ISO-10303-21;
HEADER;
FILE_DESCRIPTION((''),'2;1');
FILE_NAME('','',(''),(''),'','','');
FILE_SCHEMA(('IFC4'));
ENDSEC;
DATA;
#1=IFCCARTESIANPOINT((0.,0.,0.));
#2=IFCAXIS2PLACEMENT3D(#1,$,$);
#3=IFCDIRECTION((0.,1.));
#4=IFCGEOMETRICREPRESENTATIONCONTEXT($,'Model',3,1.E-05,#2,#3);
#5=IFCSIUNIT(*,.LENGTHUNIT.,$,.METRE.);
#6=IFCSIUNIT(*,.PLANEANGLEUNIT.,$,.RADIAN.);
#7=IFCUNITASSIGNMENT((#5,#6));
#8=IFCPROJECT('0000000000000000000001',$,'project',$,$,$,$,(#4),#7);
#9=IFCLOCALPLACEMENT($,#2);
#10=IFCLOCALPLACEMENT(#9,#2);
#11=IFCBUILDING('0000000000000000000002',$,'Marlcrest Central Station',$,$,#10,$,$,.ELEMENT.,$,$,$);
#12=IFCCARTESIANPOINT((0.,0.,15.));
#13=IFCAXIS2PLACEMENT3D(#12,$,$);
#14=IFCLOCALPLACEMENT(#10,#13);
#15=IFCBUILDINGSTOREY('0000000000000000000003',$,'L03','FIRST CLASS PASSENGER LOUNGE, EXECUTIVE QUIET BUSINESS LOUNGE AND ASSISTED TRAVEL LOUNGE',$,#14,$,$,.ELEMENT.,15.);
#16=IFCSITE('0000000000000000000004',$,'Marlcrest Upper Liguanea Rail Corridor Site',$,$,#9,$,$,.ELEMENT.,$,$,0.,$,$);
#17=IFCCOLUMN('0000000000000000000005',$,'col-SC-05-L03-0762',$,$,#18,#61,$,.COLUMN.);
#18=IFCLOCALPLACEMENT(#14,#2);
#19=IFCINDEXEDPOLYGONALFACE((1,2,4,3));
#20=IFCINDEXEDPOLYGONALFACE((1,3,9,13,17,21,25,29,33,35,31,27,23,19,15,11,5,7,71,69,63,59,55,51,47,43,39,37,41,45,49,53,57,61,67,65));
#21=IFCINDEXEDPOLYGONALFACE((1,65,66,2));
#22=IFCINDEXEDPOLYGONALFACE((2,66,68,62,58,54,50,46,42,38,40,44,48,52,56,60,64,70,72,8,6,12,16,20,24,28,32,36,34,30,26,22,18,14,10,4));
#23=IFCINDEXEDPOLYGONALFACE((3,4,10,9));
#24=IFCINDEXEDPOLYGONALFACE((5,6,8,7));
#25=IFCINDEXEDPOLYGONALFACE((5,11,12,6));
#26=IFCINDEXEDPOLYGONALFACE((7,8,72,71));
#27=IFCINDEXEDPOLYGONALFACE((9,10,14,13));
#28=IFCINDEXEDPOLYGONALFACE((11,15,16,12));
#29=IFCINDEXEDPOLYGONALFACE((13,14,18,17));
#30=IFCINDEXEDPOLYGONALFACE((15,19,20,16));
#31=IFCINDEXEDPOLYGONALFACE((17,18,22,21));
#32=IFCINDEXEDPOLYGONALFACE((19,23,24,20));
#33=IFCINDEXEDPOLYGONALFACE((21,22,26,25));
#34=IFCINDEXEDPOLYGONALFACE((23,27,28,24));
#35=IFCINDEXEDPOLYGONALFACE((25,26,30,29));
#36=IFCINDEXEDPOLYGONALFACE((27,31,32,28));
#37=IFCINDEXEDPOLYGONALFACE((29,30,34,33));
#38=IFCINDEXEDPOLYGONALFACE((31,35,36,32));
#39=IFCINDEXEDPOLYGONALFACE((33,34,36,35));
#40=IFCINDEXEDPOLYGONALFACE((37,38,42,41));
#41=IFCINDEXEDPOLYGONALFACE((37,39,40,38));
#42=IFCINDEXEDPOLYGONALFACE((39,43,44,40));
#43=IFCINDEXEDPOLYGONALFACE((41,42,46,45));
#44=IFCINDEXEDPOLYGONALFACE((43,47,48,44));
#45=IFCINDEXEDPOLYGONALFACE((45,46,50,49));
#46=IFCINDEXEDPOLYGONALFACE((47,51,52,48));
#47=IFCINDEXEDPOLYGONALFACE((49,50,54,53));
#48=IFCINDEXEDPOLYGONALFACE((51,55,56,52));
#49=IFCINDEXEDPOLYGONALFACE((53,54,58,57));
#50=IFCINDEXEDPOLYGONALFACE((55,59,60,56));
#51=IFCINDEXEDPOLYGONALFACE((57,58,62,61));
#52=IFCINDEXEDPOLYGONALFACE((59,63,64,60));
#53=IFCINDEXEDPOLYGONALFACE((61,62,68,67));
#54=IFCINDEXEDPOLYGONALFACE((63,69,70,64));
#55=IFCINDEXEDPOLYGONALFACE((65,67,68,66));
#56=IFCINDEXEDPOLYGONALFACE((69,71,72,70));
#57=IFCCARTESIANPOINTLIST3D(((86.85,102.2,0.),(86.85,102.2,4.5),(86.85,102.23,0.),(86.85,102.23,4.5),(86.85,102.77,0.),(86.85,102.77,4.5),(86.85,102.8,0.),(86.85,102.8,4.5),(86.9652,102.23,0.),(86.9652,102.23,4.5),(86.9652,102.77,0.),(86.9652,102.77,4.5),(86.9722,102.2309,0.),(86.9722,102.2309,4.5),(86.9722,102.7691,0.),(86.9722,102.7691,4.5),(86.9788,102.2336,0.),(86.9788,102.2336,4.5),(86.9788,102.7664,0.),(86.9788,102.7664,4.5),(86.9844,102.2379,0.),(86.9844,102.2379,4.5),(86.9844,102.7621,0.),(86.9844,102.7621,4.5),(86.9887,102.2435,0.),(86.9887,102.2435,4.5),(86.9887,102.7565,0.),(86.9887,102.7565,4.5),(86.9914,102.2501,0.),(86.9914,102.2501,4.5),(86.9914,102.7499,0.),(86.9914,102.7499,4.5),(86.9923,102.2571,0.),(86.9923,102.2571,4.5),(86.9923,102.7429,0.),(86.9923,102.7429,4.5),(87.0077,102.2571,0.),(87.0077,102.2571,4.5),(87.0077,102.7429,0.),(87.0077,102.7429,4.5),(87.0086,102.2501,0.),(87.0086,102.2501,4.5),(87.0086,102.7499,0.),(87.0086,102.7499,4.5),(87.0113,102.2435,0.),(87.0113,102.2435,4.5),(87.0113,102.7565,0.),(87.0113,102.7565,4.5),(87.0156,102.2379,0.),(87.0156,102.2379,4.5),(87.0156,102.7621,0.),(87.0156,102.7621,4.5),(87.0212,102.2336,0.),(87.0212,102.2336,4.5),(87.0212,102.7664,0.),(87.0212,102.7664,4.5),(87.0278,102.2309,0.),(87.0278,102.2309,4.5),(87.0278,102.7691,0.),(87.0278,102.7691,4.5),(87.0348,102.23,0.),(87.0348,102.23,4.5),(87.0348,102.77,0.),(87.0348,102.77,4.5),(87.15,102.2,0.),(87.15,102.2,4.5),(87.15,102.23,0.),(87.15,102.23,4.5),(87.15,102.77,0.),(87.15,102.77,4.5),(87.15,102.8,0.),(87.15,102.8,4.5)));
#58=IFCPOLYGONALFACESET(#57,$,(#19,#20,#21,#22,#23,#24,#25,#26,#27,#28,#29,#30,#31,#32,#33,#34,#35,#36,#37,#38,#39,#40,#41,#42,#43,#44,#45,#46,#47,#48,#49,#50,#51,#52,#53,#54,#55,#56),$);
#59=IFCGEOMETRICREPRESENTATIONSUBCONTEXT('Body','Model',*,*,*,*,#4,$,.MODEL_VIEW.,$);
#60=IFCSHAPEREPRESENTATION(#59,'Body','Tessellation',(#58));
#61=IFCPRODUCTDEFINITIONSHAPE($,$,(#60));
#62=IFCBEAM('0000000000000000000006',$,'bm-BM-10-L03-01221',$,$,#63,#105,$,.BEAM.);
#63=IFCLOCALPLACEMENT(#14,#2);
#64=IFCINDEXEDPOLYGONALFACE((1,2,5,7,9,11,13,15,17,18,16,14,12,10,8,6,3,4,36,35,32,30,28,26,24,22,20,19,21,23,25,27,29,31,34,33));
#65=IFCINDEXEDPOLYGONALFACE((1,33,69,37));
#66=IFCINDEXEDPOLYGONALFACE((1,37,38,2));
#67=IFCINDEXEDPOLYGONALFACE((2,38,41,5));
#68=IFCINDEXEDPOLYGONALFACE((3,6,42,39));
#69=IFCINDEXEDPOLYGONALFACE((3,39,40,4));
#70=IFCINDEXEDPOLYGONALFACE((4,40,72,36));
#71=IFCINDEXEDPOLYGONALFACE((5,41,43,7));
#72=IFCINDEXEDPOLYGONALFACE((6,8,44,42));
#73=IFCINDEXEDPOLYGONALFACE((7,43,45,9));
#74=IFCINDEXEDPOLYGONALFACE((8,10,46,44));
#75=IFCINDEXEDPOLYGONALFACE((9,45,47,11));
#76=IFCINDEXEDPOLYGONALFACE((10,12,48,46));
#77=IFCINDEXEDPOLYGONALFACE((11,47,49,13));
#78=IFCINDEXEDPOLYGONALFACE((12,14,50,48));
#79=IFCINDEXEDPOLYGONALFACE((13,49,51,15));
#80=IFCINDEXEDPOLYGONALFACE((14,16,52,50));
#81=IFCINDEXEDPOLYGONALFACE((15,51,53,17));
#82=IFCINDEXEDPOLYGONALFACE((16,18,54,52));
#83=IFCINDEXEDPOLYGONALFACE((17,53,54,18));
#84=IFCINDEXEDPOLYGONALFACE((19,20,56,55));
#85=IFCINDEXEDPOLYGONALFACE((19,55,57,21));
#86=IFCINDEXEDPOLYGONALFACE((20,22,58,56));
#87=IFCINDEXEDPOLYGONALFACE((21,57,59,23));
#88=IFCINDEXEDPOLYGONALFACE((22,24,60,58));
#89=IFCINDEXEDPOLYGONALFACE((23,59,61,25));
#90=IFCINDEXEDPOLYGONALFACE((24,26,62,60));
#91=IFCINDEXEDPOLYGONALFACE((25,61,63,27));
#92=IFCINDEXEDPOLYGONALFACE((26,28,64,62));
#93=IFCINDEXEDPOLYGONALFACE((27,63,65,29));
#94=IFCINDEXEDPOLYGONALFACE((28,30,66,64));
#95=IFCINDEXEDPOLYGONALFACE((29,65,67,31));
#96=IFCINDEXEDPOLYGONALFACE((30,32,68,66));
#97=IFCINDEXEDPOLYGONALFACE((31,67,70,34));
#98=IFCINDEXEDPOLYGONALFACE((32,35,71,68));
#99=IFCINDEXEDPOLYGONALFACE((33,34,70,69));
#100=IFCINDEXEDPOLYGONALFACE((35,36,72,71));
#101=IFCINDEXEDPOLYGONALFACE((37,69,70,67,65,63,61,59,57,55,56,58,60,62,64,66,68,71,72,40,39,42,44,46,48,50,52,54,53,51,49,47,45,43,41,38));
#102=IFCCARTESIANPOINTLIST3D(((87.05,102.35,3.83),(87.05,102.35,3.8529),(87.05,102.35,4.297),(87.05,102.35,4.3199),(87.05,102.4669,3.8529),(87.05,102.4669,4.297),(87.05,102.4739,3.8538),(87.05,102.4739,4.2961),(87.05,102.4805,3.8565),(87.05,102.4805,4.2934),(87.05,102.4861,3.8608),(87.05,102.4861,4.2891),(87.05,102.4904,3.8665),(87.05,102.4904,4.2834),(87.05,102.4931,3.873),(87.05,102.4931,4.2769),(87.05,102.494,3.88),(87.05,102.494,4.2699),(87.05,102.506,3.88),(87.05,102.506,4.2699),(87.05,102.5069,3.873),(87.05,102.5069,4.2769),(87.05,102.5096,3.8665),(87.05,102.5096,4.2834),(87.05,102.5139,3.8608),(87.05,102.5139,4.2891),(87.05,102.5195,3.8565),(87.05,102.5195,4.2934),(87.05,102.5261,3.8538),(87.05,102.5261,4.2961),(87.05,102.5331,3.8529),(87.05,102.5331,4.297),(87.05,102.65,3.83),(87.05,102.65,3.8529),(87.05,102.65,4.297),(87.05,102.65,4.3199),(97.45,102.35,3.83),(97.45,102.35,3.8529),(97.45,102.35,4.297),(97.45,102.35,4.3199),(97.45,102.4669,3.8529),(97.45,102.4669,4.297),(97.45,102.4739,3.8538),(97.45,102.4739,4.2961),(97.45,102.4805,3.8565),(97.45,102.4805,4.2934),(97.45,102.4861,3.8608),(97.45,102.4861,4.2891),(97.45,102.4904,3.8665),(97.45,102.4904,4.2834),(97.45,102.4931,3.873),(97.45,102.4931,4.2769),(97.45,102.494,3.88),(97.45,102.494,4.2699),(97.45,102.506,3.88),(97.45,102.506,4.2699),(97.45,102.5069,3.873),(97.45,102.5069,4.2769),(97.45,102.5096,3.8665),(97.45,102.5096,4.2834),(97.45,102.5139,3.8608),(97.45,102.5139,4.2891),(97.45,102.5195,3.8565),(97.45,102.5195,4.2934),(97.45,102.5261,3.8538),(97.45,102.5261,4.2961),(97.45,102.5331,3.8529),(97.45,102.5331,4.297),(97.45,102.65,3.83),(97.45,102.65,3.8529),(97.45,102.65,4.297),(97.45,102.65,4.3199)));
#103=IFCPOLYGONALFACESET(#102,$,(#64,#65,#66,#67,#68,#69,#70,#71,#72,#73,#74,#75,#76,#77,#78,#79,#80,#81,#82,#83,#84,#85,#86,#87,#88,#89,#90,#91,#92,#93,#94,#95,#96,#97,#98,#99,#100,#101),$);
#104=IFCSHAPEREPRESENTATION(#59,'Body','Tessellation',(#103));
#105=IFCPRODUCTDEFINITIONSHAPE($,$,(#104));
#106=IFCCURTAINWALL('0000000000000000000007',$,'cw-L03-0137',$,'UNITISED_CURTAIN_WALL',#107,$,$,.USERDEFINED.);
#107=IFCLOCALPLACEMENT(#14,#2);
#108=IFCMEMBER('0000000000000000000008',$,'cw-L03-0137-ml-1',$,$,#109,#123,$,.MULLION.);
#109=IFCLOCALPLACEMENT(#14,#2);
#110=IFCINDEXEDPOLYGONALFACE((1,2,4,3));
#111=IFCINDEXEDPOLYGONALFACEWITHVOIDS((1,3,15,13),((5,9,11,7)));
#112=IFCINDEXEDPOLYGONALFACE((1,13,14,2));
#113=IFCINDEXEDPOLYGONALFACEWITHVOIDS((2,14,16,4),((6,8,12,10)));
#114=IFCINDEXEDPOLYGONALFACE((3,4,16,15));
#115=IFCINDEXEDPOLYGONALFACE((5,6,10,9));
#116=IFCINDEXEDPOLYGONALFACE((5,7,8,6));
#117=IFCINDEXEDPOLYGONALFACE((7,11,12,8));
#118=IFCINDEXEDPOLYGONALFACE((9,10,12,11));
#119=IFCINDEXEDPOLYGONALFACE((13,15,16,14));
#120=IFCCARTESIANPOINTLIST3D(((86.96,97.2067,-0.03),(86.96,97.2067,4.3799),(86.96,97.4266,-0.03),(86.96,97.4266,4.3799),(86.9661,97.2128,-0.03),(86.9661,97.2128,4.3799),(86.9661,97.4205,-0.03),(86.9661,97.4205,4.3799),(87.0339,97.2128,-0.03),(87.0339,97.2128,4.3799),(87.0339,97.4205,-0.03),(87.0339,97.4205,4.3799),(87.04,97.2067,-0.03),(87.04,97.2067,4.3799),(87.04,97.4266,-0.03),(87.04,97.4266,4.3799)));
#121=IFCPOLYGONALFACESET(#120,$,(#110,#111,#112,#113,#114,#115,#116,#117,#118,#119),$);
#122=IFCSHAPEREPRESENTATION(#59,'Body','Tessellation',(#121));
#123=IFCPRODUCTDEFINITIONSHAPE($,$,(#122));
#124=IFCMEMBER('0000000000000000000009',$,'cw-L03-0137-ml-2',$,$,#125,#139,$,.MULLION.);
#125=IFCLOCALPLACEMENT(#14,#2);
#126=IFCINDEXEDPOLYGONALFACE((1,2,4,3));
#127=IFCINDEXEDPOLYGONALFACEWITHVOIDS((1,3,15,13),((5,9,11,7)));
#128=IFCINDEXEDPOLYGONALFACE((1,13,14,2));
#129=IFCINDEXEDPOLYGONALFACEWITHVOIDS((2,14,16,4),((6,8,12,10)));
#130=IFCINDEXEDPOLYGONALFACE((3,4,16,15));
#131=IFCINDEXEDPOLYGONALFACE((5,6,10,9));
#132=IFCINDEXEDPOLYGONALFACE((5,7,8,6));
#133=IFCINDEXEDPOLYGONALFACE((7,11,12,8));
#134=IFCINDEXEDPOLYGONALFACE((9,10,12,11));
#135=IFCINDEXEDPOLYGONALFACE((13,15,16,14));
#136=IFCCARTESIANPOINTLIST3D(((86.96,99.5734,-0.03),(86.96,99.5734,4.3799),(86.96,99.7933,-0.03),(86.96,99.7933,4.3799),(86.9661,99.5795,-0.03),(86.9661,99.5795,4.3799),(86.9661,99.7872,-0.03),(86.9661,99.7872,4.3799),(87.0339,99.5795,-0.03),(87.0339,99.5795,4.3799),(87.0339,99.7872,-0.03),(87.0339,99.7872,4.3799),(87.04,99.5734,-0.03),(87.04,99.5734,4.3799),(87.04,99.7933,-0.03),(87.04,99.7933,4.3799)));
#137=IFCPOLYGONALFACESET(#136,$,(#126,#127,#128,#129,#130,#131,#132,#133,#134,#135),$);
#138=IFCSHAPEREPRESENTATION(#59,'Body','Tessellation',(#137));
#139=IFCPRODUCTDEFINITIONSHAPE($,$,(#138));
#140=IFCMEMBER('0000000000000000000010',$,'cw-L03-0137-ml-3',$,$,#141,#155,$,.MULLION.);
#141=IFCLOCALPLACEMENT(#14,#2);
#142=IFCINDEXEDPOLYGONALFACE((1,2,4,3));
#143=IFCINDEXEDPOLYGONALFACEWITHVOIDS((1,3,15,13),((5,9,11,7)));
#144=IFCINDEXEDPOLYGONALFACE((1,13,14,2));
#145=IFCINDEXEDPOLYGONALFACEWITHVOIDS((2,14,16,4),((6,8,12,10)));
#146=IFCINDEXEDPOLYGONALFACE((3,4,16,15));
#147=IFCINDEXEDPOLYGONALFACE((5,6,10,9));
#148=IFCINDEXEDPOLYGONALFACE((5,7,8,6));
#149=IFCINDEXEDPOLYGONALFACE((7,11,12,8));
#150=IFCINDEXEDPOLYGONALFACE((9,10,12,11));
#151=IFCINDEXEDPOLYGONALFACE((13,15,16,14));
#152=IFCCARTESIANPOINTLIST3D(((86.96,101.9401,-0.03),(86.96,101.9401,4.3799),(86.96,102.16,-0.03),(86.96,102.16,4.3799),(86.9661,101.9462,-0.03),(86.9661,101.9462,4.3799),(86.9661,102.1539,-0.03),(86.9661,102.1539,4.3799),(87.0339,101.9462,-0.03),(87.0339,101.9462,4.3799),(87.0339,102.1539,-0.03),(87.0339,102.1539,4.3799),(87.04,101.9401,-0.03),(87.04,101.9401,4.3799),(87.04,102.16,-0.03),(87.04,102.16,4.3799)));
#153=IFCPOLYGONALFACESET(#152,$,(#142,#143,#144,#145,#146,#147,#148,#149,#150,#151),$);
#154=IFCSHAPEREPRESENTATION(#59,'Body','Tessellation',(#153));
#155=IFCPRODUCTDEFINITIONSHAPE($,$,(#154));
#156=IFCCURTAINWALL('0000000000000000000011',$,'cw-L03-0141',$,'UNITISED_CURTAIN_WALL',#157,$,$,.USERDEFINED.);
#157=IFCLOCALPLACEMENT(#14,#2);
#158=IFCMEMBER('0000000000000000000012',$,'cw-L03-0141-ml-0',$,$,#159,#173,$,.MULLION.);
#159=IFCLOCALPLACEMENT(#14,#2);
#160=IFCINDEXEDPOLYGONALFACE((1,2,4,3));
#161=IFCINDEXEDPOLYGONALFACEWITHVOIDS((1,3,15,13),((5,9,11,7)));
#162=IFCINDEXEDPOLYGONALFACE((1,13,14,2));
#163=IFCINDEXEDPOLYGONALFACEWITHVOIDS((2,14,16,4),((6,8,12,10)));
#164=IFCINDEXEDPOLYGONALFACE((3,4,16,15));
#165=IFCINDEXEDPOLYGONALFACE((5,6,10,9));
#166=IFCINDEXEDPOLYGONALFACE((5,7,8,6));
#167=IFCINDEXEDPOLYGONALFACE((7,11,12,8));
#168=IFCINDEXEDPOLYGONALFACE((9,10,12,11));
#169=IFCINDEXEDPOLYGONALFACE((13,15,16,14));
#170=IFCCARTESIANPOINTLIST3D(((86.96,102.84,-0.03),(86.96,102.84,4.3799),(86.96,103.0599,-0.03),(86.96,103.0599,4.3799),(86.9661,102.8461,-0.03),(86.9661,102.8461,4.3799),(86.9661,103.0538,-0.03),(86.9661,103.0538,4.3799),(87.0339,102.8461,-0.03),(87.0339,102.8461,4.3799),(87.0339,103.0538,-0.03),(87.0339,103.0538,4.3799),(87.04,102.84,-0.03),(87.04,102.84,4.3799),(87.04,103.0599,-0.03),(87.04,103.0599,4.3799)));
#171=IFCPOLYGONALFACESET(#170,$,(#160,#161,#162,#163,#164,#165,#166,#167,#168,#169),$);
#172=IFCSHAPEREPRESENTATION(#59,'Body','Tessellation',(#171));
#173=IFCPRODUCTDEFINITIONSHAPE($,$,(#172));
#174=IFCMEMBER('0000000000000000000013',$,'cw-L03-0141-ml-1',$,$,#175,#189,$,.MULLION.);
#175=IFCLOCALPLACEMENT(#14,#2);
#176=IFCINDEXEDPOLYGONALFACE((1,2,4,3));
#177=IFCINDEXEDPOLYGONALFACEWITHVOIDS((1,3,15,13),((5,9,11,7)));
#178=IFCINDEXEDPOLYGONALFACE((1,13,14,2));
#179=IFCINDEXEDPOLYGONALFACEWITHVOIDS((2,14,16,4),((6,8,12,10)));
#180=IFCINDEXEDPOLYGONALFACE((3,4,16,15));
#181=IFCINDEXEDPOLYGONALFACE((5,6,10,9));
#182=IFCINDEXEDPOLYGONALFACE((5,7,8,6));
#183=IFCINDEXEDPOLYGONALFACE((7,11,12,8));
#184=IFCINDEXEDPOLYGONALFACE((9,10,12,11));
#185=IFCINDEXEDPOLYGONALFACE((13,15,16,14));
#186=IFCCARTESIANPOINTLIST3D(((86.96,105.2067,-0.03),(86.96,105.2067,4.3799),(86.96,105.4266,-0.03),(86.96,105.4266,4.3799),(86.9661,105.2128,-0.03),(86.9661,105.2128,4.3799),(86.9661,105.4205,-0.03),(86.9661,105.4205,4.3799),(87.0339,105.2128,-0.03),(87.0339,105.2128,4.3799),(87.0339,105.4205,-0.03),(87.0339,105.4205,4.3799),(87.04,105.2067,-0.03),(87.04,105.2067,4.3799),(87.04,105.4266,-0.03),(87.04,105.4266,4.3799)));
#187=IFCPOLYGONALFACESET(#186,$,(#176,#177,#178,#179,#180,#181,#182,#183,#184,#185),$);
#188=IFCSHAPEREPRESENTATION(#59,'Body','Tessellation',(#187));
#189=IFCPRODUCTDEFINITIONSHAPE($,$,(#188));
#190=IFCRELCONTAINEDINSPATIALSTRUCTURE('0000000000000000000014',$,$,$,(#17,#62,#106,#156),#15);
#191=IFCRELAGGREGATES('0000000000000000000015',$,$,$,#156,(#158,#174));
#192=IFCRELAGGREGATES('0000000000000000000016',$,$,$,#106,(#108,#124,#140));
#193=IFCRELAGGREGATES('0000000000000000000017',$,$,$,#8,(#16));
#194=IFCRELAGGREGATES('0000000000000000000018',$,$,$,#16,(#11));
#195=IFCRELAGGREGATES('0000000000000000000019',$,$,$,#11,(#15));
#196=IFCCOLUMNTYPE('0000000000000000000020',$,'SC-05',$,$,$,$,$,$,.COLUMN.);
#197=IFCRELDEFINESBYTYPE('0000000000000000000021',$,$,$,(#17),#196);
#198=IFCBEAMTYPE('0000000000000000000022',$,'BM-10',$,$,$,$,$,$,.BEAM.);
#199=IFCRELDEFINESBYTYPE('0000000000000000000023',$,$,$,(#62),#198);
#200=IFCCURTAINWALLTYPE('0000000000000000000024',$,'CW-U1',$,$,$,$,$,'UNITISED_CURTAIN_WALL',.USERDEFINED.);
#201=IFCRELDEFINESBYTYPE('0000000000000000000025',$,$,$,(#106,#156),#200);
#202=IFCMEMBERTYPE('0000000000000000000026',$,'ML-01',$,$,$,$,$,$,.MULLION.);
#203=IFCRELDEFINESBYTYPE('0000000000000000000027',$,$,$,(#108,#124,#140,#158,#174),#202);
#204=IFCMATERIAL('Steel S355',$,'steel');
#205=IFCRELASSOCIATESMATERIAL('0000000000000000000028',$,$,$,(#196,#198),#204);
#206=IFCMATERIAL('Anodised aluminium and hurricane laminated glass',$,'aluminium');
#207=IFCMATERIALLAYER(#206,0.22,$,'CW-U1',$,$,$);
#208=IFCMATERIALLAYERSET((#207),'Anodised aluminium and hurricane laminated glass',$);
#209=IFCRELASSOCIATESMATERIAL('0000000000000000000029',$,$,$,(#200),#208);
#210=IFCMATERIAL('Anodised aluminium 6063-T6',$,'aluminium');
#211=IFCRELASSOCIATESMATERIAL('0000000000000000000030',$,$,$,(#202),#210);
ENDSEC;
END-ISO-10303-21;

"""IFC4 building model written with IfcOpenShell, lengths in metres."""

from ifc_helpers import new_model, si_unit, direction, frame, origin, origin_2d, place, context, subcontext, project, spatial, hollow_rectangle, i_section, extrude, material, layer, layer_set, material_profile, profile_set, type_object, element, aggregate, save


model = new_model("IFC4")

# Units and contexts
model_context = context("Model", 3, precision=1e-05, world=origin(), true_north=direction((0.0, 1.0)))
body_context = subcontext(model_context, "Body", "Model", "MODEL_VIEW")
ifc_project = project(units=[si_unit("LENGTHUNIT", "METRE"), si_unit("PLANEANGLEUNIT", "RADIAN")], contexts=[model_context])

# Site, building, storey
site_placement = place(None, origin())
site = spatial("IfcSite", under=ifc_project, at=site_placement, Name="Marlcrest Upper Liguanea Rail Corridor Site", CompositionType="ELEMENT", RefElevation=0.0)
building_placement = place(site_placement, origin())
building = spatial("IfcBuilding", under=site, at=building_placement, Name="Marlcrest Central Station", CompositionType="ELEMENT")
storey_placement = place(building_placement, frame((0.0, 0.0, 15.0)))
storey = spatial("IfcBuildingStorey", under=building, at=storey_placement, Name="L03", Description="FIRST CLASS PASSENGER LOUNGE, EXECUTIVE QUIET BUSINESS LOUNGE AND ASSISTED TRAVEL LOUNGE", CompositionType="ELEMENT", Elevation=15.0)

# Column
ifc_material_1 = material(Name="Steel S355", Category="steel")
ifc_material_profile_1 = material_profile(ifc_material_1, i_section(OverallWidth=0.3, OverallDepth=0.6001, WebThickness=0.0154, FlangeThickness=0.03, FilletRadius=0.0271, at=origin_2d()), Name="HEB 600")
ifc_profile_set_1 = profile_set([ifc_material_profile_1], Name="Steel S355")
column_type = type_object("IfcColumnType", Name="SC-05", PredefinedType="COLUMN", material=ifc_profile_set_1)
column_placement = place(storey_placement, frame((87.0, 102.5, 0.0), z_axis=(0.0, 0.0, 1.0), x_axis=(1.0, 0.0, 0.0)))
element("IfcColumn", 1, at=column_placement, inside=storey, type_object=column_type, Name="col-SC-05-L03-0762", PredefinedType="COLUMN", context=body_context, shape_type="SweptSolid", body=[
    extrude(i_section(OverallWidth=0.3, OverallDepth=0.6001, WebThickness=0.0154, FlangeThickness=0.03, FilletRadius=0.0271, at=origin_2d()), origin(), (0.0, 0.0, 1.0), 4.5),
])

# Beam
ifc_material_profile_2 = material_profile(ifc_material_1, i_section(OverallWidth=0.3, OverallDepth=0.49, WebThickness=0.012, FlangeThickness=0.0229, FilletRadius=0.0271, at=origin_2d()), Name="HEA 500")
ifc_profile_set_2 = profile_set([ifc_material_profile_2], Name="Steel S355")
beam_type = type_object("IfcBeamType", Name="BM-10", PredefinedType="BEAM", material=ifc_profile_set_2)
beam_placement = place(storey_placement, frame((87.05, 102.5, 4.075), z_axis=(1.0, 0.0, 0.0), x_axis=(0.0, 1.0, 0.0)))
element("IfcBeam", 2, at=beam_placement, inside=storey, type_object=beam_type, Name="bm-BM-10-L03-01221", PredefinedType="BEAM", context=body_context, shape_type="SweptSolid", body=[
    extrude(i_section(OverallWidth=0.3, OverallDepth=0.49, WebThickness=0.012, FlangeThickness=0.0229, FilletRadius=0.0271, at=origin_2d()), origin(), (0.0, 0.0, 1.0), 10.3999),
])

# Curtain walls, members
ifc_material_2 = material(Name="Anodised aluminium and hurricane laminated glass", Category="aluminium")
ifc_layer_1 = layer(ifc_material_2, 0.22, Name="CW-U1")
ifc_layer_set_1 = layer_set([ifc_layer_1], Name="Anodised aluminium and hurricane laminated glass")
curtain_wall_type = type_object("IfcCurtainWallType", Name="CW-U1", ElementType="UNITISED_CURTAIN_WALL", PredefinedType="USERDEFINED", material=ifc_layer_set_1)
curtain_wall_1_placement = place(storey_placement, origin())
curtain_wall_1 = element("IfcCurtainWall", 3, at=curtain_wall_1_placement, inside=storey, type_object=curtain_wall_type, Name="cw-L03-0137", ObjectType="UNITISED_CURTAIN_WALL", PredefinedType="USERDEFINED")
ifc_material_3 = material(Name="Anodised aluminium 6063-T6", Category="aluminium")
ifc_material_profile_3 = material_profile(ifc_material_3, hollow_rectangle(XDim=0.0801, YDim=0.22, WallThickness=0.0061, at=origin_2d()), Name="AA-RHS 220x80x6")
ifc_profile_set_3 = profile_set([ifc_material_profile_3], Name="Anodised aluminium 6063-T6")
member_type_1 = type_object("IfcMemberType", Name="ML-01", PredefinedType="MULLION", material=ifc_profile_set_3)
member_1_placement = place(storey_placement, frame((87.0, 97.3167, -0.03), z_axis=(0.0, 0.0, 1.0), x_axis=(1.0, 0.0, 0.0)))
member_1 = element("IfcMember", 4, at=member_1_placement, type_object=member_type_1, Name="cw-L03-0137-ml-1", PredefinedType="MULLION", context=body_context, shape_type="SweptSolid", body=[
    extrude(hollow_rectangle(XDim=0.0801, YDim=0.22, WallThickness=0.0061, at=origin_2d()), origin(), (0.0, 0.0, 1.0), 4.4099),
])
member_2_placement = place(storey_placement, frame((87.0, 99.6833, -0.03), z_axis=(0.0, 0.0, 1.0), x_axis=(1.0, 0.0, 0.0)))
member_2 = element("IfcMember", 5, at=member_2_placement, type_object=member_type_1, Name="cw-L03-0137-ml-2", PredefinedType="MULLION", context=body_context, shape_type="SweptSolid", body=[
    extrude(hollow_rectangle(XDim=0.0801, YDim=0.22, WallThickness=0.0061, at=origin_2d()), origin(), (0.0, 0.0, 1.0), 4.4099),
])
member_3_placement = place(storey_placement, frame((87.0, 102.05, -0.03), z_axis=(0.0, 0.0, 1.0), x_axis=(1.0, 0.0, 0.0)))
member_3 = element("IfcMember", 6, at=member_3_placement, type_object=member_type_1, Name="cw-L03-0137-ml-3", PredefinedType="MULLION", context=body_context, shape_type="SweptSolid", body=[
    extrude(hollow_rectangle(XDim=0.0801, YDim=0.22, WallThickness=0.0061, at=origin_2d()), origin(), (0.0, 0.0, 1.0), 4.4099),
])
curtain_wall_2_placement = place(storey_placement, origin())
curtain_wall_2 = element("IfcCurtainWall", 7, at=curtain_wall_2_placement, inside=storey, type_object=curtain_wall_type, Name="cw-L03-0141", ObjectType="UNITISED_CURTAIN_WALL", PredefinedType="USERDEFINED")
member_4_placement = place(storey_placement, frame((87.0, 102.95, -0.03), z_axis=(0.0, 0.0, 1.0), x_axis=(1.0, 0.0, 0.0)))
member_4 = element("IfcMember", 8, at=member_4_placement, type_object=member_type_1, Name="cw-L03-0141-ml-0", PredefinedType="MULLION", context=body_context, shape_type="SweptSolid", body=[
    extrude(hollow_rectangle(XDim=0.0801, YDim=0.22, WallThickness=0.0061, at=origin_2d()), origin(), (0.0, 0.0, 1.0), 4.4099),
])
member_5_placement = place(storey_placement, frame((87.0, 105.3167, -0.03), z_axis=(0.0, 0.0, 1.0), x_axis=(1.0, 0.0, 0.0)))
member_5 = element("IfcMember", 9, at=member_5_placement, type_object=member_type_1, Name="cw-L03-0141-ml-1", PredefinedType="MULLION", context=body_context, shape_type="SweptSolid", body=[
    extrude(hollow_rectangle(XDim=0.0801, YDim=0.22, WallThickness=0.0061, at=origin_2d()), origin(), (0.0, 0.0, 1.0), 4.4099),
])

aggregate(curtain_wall_2, [member_4, member_5])
aggregate(curtain_wall_1, [member_1, member_2, member_3])

save(model, "model.ifc")
